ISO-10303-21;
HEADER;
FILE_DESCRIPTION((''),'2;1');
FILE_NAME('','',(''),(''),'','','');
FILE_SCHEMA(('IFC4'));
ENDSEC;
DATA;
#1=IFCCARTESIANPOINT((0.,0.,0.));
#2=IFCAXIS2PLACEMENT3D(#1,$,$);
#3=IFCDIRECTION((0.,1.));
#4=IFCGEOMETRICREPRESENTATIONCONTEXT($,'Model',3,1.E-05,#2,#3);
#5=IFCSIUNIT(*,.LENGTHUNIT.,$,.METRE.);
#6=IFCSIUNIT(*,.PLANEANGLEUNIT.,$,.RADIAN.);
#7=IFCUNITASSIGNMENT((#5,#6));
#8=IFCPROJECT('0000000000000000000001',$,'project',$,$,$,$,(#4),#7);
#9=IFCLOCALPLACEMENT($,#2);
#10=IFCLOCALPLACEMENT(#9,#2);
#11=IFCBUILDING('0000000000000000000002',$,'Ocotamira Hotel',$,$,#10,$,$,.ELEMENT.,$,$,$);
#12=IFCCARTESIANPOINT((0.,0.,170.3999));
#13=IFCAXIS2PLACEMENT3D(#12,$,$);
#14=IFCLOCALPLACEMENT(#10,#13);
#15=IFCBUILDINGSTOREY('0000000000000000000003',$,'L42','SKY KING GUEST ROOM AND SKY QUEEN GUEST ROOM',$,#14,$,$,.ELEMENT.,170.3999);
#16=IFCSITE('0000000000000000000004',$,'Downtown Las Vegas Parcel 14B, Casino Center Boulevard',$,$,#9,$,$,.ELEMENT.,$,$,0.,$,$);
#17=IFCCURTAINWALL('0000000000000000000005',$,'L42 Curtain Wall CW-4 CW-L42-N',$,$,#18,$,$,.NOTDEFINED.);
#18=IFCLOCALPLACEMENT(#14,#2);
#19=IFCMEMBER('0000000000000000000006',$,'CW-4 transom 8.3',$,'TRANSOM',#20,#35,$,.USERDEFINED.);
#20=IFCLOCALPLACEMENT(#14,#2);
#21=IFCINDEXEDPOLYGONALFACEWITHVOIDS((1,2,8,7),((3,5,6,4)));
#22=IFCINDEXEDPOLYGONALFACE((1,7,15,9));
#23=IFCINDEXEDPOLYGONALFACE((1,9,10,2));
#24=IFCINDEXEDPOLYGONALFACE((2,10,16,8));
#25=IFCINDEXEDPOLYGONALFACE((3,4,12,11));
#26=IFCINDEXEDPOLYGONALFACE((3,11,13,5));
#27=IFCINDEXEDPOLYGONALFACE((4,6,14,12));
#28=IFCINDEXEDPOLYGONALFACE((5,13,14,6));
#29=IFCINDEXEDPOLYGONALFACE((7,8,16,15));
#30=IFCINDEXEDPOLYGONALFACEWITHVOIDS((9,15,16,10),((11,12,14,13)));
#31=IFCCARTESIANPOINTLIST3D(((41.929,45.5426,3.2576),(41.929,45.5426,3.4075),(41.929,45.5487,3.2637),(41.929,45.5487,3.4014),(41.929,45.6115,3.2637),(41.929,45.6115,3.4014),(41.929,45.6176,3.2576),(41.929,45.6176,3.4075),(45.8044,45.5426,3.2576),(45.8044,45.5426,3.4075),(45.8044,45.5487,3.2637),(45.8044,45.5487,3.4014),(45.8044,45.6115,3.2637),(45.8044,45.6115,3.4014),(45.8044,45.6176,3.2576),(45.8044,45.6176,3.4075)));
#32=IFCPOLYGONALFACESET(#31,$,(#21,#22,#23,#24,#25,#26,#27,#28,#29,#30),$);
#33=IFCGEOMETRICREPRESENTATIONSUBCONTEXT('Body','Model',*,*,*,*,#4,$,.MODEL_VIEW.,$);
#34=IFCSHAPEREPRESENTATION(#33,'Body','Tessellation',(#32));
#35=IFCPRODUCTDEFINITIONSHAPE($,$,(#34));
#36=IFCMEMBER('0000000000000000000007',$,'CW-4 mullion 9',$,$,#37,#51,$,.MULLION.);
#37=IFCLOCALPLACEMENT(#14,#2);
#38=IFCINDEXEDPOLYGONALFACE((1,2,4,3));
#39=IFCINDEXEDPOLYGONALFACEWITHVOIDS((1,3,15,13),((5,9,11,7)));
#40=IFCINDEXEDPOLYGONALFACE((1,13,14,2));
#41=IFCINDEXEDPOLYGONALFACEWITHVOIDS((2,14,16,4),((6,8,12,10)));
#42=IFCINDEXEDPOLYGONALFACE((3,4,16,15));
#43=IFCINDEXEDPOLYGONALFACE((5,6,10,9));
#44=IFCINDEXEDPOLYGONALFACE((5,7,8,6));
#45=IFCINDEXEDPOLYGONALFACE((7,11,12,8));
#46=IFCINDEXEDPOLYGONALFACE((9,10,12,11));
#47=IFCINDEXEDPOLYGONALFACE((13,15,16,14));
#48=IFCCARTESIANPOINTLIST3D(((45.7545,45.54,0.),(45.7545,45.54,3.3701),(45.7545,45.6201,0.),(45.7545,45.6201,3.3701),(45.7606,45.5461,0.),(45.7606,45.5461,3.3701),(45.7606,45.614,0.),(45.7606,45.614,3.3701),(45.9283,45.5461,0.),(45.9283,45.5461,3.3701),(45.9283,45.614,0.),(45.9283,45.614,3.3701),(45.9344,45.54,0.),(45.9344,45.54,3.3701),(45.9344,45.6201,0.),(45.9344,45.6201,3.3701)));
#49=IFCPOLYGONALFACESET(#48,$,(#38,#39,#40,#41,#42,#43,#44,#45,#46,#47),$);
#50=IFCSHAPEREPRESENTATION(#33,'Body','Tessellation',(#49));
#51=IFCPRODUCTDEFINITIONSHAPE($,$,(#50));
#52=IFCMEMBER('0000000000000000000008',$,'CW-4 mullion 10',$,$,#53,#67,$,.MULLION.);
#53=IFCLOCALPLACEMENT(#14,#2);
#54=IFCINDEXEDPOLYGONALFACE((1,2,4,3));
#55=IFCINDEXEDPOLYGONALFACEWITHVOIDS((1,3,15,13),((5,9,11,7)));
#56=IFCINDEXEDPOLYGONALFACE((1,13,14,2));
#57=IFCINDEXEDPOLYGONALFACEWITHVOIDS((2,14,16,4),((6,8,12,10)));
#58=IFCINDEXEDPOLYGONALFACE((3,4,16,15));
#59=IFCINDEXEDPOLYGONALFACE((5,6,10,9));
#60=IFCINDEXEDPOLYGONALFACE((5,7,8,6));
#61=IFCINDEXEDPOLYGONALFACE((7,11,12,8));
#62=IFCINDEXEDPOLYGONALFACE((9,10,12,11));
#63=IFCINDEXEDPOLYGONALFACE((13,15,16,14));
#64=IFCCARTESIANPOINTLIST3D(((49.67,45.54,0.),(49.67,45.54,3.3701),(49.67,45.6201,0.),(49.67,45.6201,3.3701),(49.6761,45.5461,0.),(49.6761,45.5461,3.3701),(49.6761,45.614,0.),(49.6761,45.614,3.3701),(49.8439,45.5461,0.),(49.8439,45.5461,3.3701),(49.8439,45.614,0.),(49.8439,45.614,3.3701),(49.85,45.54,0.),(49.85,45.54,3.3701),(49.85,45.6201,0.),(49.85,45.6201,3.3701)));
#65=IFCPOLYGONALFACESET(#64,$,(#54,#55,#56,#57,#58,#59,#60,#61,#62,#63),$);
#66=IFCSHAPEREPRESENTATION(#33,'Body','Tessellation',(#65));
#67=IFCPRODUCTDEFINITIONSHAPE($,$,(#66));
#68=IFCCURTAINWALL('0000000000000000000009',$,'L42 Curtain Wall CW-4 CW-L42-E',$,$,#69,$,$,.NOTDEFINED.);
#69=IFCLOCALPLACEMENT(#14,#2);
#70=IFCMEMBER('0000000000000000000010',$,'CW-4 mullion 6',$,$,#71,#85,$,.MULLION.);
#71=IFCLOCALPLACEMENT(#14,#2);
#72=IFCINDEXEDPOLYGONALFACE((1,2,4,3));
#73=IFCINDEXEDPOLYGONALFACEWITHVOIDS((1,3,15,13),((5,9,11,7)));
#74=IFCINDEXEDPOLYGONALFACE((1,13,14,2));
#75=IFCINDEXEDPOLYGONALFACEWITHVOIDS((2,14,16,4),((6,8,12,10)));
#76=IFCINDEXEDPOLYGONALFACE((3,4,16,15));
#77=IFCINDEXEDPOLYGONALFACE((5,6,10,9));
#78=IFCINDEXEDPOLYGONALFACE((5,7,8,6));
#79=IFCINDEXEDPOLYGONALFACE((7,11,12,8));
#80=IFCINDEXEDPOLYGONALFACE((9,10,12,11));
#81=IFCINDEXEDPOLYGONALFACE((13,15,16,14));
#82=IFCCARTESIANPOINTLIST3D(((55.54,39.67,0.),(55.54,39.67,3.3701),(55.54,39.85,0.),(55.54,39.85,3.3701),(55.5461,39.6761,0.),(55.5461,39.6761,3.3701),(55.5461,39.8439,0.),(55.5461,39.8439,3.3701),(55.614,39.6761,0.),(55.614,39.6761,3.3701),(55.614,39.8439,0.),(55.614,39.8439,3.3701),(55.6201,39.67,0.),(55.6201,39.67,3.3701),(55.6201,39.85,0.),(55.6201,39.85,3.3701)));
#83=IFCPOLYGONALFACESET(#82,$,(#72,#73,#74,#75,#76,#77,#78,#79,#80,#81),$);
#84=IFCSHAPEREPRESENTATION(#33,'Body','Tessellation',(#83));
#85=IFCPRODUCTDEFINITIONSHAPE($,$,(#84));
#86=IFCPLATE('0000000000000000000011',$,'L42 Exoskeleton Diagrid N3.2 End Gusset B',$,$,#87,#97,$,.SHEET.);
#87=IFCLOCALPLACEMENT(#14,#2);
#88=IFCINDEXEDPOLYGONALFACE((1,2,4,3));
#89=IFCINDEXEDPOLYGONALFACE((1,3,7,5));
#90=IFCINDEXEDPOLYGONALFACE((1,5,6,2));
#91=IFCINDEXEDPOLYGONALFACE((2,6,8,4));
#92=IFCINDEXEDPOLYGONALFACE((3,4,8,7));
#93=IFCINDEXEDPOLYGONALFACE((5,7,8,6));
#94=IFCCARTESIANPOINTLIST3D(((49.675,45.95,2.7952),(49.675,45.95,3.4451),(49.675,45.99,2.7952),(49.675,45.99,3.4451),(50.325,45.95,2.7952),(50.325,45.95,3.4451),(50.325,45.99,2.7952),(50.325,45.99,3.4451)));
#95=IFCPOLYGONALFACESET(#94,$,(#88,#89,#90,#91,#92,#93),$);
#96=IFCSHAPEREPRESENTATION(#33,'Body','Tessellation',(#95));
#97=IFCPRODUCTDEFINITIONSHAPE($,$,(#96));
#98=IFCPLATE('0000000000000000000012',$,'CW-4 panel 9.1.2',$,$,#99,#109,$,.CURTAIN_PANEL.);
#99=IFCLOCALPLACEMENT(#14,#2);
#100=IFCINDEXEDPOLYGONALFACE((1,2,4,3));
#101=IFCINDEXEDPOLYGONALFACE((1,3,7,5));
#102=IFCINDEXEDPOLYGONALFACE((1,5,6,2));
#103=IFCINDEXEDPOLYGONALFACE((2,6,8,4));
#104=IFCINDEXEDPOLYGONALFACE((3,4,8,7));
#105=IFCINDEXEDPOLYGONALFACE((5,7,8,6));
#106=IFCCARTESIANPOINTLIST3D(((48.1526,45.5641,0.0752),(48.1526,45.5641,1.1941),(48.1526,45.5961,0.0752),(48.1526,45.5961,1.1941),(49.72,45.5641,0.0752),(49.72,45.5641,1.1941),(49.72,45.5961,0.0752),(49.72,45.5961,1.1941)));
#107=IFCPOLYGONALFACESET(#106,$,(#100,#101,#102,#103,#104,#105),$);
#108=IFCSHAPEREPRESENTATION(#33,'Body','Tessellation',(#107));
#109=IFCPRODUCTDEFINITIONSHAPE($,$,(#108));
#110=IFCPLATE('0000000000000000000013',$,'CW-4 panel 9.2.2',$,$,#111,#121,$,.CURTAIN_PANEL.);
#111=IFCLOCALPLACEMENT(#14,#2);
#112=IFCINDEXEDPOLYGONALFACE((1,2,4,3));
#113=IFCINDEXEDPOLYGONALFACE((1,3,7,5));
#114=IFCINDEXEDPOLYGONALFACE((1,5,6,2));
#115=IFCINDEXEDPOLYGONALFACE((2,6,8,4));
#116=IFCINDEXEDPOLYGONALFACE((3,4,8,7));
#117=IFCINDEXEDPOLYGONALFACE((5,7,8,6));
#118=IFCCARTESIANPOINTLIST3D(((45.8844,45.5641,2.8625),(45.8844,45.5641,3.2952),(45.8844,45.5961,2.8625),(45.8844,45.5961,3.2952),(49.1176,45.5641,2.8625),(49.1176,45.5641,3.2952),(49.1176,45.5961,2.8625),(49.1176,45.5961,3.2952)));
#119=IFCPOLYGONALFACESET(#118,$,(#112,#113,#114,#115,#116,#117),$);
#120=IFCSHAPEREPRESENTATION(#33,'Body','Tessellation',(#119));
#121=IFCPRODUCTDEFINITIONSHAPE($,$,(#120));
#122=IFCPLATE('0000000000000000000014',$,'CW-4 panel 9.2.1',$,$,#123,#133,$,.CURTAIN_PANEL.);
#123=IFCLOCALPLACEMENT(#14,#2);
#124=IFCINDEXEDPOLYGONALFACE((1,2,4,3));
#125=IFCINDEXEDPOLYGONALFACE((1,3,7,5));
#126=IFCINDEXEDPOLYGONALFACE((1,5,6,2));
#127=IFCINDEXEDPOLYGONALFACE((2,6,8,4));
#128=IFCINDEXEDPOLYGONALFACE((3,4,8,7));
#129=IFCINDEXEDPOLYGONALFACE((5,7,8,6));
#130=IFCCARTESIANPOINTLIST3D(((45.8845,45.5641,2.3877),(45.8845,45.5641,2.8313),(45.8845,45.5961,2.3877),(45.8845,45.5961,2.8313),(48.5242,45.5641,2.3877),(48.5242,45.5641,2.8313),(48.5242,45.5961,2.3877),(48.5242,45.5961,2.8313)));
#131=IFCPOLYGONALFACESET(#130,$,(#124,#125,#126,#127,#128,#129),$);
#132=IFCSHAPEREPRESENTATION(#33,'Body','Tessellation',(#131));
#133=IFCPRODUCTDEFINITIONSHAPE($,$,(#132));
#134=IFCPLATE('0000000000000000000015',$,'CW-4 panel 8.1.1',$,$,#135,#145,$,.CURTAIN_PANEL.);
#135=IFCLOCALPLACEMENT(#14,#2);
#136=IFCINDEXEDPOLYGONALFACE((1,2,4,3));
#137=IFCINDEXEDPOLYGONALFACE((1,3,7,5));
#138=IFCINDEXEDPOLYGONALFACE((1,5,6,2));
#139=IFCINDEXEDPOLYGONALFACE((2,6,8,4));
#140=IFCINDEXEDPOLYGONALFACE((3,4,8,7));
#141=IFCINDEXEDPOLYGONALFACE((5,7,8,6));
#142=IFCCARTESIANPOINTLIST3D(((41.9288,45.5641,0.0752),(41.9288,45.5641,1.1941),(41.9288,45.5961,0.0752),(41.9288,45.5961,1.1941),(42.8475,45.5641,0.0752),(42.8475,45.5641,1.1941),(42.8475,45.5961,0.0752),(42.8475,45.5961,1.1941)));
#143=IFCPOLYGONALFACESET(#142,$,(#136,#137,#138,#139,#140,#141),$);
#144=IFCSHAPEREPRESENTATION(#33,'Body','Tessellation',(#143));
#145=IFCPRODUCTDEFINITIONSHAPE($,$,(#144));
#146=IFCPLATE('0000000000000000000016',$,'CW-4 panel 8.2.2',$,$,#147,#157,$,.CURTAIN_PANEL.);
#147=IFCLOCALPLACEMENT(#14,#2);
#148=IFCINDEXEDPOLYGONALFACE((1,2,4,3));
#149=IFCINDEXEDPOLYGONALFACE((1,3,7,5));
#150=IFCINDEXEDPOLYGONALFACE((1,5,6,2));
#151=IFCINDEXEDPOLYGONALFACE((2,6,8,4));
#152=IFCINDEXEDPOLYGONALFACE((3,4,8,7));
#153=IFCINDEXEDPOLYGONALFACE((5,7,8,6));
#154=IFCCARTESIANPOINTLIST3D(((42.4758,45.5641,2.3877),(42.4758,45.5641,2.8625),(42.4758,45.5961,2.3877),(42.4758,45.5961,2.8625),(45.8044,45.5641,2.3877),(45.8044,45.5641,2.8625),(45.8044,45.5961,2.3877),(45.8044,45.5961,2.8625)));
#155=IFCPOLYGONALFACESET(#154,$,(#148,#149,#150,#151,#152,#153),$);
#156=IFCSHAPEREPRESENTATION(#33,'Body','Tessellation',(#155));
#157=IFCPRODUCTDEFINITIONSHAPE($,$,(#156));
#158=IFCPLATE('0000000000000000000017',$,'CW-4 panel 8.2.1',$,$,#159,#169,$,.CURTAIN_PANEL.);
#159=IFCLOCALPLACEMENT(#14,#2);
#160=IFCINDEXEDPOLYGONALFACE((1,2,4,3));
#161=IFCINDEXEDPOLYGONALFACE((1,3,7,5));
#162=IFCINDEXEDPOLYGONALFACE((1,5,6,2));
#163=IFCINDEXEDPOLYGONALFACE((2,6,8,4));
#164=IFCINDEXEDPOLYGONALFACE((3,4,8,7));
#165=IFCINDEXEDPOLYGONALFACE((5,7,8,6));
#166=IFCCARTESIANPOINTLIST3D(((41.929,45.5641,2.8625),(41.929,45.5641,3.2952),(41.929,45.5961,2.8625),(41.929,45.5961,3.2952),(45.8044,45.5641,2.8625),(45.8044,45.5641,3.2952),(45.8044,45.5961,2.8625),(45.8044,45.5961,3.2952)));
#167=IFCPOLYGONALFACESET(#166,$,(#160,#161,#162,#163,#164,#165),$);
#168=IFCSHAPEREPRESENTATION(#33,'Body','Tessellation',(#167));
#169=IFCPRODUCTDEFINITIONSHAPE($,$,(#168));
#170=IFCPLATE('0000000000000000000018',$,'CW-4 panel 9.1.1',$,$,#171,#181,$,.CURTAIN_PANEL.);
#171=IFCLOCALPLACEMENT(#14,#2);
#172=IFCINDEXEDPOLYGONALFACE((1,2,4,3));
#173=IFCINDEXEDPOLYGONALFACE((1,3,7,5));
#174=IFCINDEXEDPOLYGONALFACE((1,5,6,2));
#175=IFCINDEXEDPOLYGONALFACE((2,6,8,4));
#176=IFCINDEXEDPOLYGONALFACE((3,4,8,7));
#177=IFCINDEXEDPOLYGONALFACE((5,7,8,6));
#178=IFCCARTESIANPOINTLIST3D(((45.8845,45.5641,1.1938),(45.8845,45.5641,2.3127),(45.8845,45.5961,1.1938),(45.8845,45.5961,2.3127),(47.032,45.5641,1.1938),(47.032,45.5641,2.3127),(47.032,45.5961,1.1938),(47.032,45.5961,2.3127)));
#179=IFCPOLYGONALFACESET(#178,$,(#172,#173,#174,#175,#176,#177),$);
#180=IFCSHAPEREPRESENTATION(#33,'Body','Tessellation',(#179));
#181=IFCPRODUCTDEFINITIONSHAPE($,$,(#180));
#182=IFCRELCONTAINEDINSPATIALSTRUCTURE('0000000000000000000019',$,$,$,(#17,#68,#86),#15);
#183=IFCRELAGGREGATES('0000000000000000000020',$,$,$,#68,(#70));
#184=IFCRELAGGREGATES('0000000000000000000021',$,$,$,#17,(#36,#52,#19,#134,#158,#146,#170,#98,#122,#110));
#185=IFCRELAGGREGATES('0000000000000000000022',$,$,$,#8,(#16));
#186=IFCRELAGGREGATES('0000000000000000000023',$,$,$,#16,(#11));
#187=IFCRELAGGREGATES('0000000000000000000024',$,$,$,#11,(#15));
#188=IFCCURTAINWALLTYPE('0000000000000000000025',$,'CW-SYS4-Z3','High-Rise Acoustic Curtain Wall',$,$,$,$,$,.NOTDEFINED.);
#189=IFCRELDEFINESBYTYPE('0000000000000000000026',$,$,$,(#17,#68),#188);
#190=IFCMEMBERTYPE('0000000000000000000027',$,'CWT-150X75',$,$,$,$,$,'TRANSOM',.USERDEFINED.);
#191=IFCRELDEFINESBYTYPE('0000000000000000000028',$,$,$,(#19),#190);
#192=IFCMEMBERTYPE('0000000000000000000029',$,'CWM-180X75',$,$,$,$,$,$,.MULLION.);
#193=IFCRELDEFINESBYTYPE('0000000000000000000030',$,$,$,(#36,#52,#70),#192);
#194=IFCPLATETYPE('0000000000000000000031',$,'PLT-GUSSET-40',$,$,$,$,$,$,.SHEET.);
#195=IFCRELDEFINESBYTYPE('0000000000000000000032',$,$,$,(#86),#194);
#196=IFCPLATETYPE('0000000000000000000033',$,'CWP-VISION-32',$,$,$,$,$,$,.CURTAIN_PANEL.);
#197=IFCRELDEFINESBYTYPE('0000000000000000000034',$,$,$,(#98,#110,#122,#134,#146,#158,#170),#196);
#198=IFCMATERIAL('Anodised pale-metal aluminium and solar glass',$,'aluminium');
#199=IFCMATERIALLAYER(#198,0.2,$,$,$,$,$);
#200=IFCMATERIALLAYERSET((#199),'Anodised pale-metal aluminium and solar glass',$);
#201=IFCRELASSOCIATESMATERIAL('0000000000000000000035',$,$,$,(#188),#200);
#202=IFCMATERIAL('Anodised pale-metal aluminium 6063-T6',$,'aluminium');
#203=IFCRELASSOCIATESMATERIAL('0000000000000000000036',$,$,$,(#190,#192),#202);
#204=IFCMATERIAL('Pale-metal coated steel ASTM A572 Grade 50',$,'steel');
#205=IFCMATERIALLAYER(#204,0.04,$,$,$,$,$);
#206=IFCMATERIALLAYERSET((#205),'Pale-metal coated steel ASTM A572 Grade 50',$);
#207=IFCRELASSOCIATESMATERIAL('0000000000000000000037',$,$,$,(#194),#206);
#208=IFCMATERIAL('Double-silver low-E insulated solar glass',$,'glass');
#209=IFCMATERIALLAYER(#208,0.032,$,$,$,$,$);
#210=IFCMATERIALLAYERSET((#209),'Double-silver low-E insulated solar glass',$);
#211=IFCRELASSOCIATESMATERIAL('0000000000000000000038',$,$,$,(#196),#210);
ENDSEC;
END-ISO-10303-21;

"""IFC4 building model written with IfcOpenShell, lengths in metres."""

from ifc_helpers import new_model, si_unit, direction, frame, origin, origin_2d, place, context, subcontext, project, spatial, rectangle, hollow_rectangle, extrude, source, transform, mapped, material, layer, layer_set, material_profile, profile_set, type_object, element, aggregate, save


model = new_model("IFC4")

# Units and contexts
model_context = context("Model", 3, precision=1e-05, world=origin(), true_north=direction((0.0, 1.0)))
body_context = subcontext(model_context, "Body", "Model", "MODEL_VIEW")
ifc_project = project(units=[si_unit("LENGTHUNIT", "METRE"), si_unit("PLANEANGLEUNIT", "RADIAN")], contexts=[model_context])

# Site, building, storey
site_placement = place(None, origin())
site = spatial("IfcSite", under=ifc_project, at=site_placement, Name="Downtown Las Vegas Parcel 14B, Casino Center Boulevard", CompositionType="ELEMENT", RefElevation=0.0)
building_placement = place(site_placement, origin())
building = spatial("IfcBuilding", under=site, at=building_placement, Name="Ocotamira Hotel", CompositionType="ELEMENT")
storey_placement = place(building_placement, frame((0.0, 0.0, 170.3999)))
storey = spatial("IfcBuildingStorey", under=building, at=storey_placement, Name="L42", Description="SKY KING GUEST ROOM AND SKY QUEEN GUEST ROOM", CompositionType="ELEMENT", Elevation=170.3999)

# Curtain wall, members
ifc_material_1 = material(Name="Anodised pale-metal aluminium and solar glass", Category="aluminium")
ifc_layer_1 = layer(ifc_material_1, 0.2)
ifc_layer_set_1 = layer_set([ifc_layer_1], Name="Anodised pale-metal aluminium and solar glass")
curtain_wall_type = type_object("IfcCurtainWallType", Name="CW-SYS4-Z3", Description="High-Rise Acoustic Curtain Wall", PredefinedType="NOTDEFINED", material=ifc_layer_set_1)
curtain_wall_1_placement = place(storey_placement, origin())
curtain_wall_1 = element("IfcCurtainWall", 1, at=curtain_wall_1_placement, inside=storey, type_object=curtain_wall_type, Name="L42 Curtain Wall CW-4 CW-L42-N", PredefinedType="NOTDEFINED")
ifc_material_2 = material(Name="Anodised pale-metal aluminium 6063-T6", Category="aluminium")
ifc_material_profile_1 = material_profile(ifc_material_2, hollow_rectangle(XDim=0.075, YDim=0.1499, WallThickness=0.0061, at=origin_2d()), Name="HSS150X75X6")
ifc_profile_set_1 = profile_set([ifc_material_profile_1], Name="Anodised pale-metal aluminium 6063-T6")
member_type_1 = type_object("IfcMemberType", Name="CWT-150X75", ElementType="TRANSOM", PredefinedType="USERDEFINED", material=ifc_profile_set_1)
shared_shape_1 = source(origin(), body_context, "Body", "SweptSolid", [
    extrude(hollow_rectangle(XDim=0.075, YDim=0.1499, WallThickness=0.0061, at=origin_2d()), origin(), (0.0, 0.0, 1.0), 3.8755),
])
member_1_placement = place(storey_placement, frame((41.929, 45.5801, 3.3325), z_axis=(1.0, 0.0, 0.0), x_axis=(0.0, 1.0, 0.0)))
member_1 = element("IfcMember", 2, at=member_1_placement, type_object=member_type_1, Name="CW-4 transom 8.3", ObjectType="TRANSOM", PredefinedType="USERDEFINED", context=body_context, shape_type="MappedRepresentation", body=[
    mapped(shared_shape_1, transform((0.0, 0.0, 0.0), scale=1.0)),
])
ifc_material_profile_2 = material_profile(ifc_material_2, hollow_rectangle(XDim=0.0801, YDim=0.1799, WallThickness=0.0061, at=origin_2d()), Name="HSS180X80X6")
ifc_profile_set_2 = profile_set([ifc_material_profile_2], Name="Anodised pale-metal aluminium 6063-T6")
member_type_2 = type_object("IfcMemberType", Name="CWM-180X75", PredefinedType="MULLION", material=ifc_profile_set_2)
shared_shape_2 = source(origin(), body_context, "Body", "SweptSolid", [
    extrude(hollow_rectangle(XDim=0.0801, YDim=0.1799, WallThickness=0.0061, at=origin_2d()), origin(), (0.0, 0.0, 1.0), 3.3701),
])
member_2_placement = place(storey_placement, frame((45.8445, 45.5801, 0.0), z_axis=(0.0, 0.0, 1.0), x_axis=(0.0, 1.0, 0.0)))
member_2 = element("IfcMember", 3, at=member_2_placement, type_object=member_type_2, Name="CW-4 mullion 9", PredefinedType="MULLION", context=body_context, shape_type="MappedRepresentation", body=[
    mapped(shared_shape_2, transform((0.0, 0.0, 0.0), scale=1.0)),
])
member_3_placement = place(storey_placement, frame((49.76, 45.5801, 0.0), z_axis=(0.0, 0.0, 1.0), x_axis=(0.0, 1.0, 0.0)))
member_3 = element("IfcMember", 4, at=member_3_placement, type_object=member_type_2, Name="CW-4 mullion 10", PredefinedType="MULLION", context=body_context, shape_type="MappedRepresentation", body=[
    mapped(shared_shape_2, transform((0.0, 0.0, 0.0), scale=1.0)),
])

# Curtain wall, member
curtain_wall_2_placement = place(storey_placement, origin())
curtain_wall_2 = element("IfcCurtainWall", 5, at=curtain_wall_2_placement, inside=storey, type_object=curtain_wall_type, Name="L42 Curtain Wall CW-4 CW-L42-E", PredefinedType="NOTDEFINED")
member_4_placement = place(storey_placement, frame((55.5801, 39.76, 0.0), z_axis=(0.0, 0.0, 1.0), x_axis=(-1.0, 0.0, 0.0)))
member_4 = element("IfcMember", 6, at=member_4_placement, type_object=member_type_2, Name="CW-4 mullion 6", PredefinedType="MULLION", context=body_context, shape_type="MappedRepresentation", body=[
    mapped(shared_shape_2, transform((0.0, 0.0, 0.0), scale=1.0)),
])
aggregate(curtain_wall_2, [member_4])

# Plates
ifc_material_3 = material(Name="Pale-metal coated steel ASTM A572 Grade 50", Category="steel")
ifc_layer_2 = layer(ifc_material_3, 0.04)
ifc_layer_set_2 = layer_set([ifc_layer_2], Name="Pale-metal coated steel ASTM A572 Grade 50")
plate_type_1 = type_object("IfcPlateType", Name="PLT-GUSSET-40", PredefinedType="SHEET", material=ifc_layer_set_2)
shared_shape_3 = source(origin(), body_context, "Body", "SweptSolid", [
    extrude(rectangle(XDim=0.6499, YDim=0.04, at=origin_2d()), origin(), (0.0, 0.0, 1.0), 0.6499),
])
plate_1_placement = place(storey_placement, frame((50.0, 45.97, 2.7952), z_axis=(0.0, 0.0, 1.0), x_axis=(1.0, 0.0, 0.0)))
element("IfcPlate", 7, at=plate_1_placement, inside=storey, type_object=plate_type_1, Name="L42 Exoskeleton Diagrid N3.2 End Gusset B", PredefinedType="SHEET", context=body_context, shape_type="MappedRepresentation", body=[
    mapped(shared_shape_3, transform((0.0, 0.0, 0.0), scale=1.0)),
])
ifc_material_4 = material(Name="Double-silver low-E insulated solar glass", Category="glass")
ifc_layer_3 = layer(ifc_material_4, 0.032)
ifc_layer_set_3 = layer_set([ifc_layer_3], Name="Double-silver low-E insulated solar glass")
plate_type_2 = type_object("IfcPlateType", Name="CWP-VISION-32", PredefinedType="CURTAIN_PANEL", material=ifc_layer_set_3)
shared_shape_4 = source(origin(), body_context, "Body", "SweptSolid", [
    extrude(rectangle(XDim=1.5674, YDim=0.032, at=origin_2d()), origin(), (0.0, 0.0, 1.0), 1.1189),
])
plate_2_placement = place(storey_placement, frame((48.9363, 45.5801, 0.0752), z_axis=(0.0, 0.0, 1.0), x_axis=(1.0, 0.0, 0.0)))
plate_2 = element("IfcPlate", 8, at=plate_2_placement, type_object=plate_type_2, Name="CW-4 panel 9.1.2", PredefinedType="CURTAIN_PANEL", context=body_context, shape_type="MappedRepresentation", body=[
    mapped(shared_shape_4, transform((0.0, 0.0, 0.0), scale=1.0)),
])
shared_shape_5 = source(origin(), body_context, "Body", "SweptSolid", [
    extrude(rectangle(XDim=3.2332, YDim=0.032, at=origin_2d()), origin(), (0.0, 0.0, 1.0), 0.4326),
])
plate_3_placement = place(storey_placement, frame((47.501, 45.5801, 2.8625), z_axis=(0.0, 0.0, 1.0), x_axis=(1.0, 0.0, 0.0)))
plate_3 = element("IfcPlate", 9, at=plate_3_placement, type_object=plate_type_2, Name="CW-4 panel 9.2.2", PredefinedType="CURTAIN_PANEL", context=body_context, shape_type="MappedRepresentation", body=[
    mapped(shared_shape_5, transform((0.0, 0.0, 0.0), scale=1.0)),
])
shared_shape_6 = source(origin(), body_context, "Body", "SweptSolid", [
    extrude(rectangle(XDim=2.6396, YDim=0.032, at=origin_2d()), origin(), (0.0, 0.0, 1.0), 0.4436),
])
plate_4_placement = place(storey_placement, frame((47.2043, 45.5801, 2.3877), z_axis=(0.0, 0.0, 1.0), x_axis=(1.0, 0.0, 0.0)))
plate_4 = element("IfcPlate", 10, at=plate_4_placement, type_object=plate_type_2, Name="CW-4 panel 9.2.1", PredefinedType="CURTAIN_PANEL", context=body_context, shape_type="MappedRepresentation", body=[
    mapped(shared_shape_6, transform((0.0, 0.0, 0.0), scale=1.0)),
])
shared_shape_7 = source(origin(), body_context, "Body", "SweptSolid", [
    extrude(rectangle(XDim=0.9187, YDim=0.032, at=origin_2d()), origin(), (0.0, 0.0, 1.0), 1.1189),
])
plate_5_placement = place(storey_placement, frame((42.3882, 45.5801, 0.0752), z_axis=(0.0, 0.0, 1.0), x_axis=(1.0, 0.0, 0.0)))
plate_5 = element("IfcPlate", 11, at=plate_5_placement, type_object=plate_type_2, Name="CW-4 panel 8.1.1", PredefinedType="CURTAIN_PANEL", context=body_context, shape_type="MappedRepresentation", body=[
    mapped(shared_shape_7, transform((0.0, 0.0, 0.0), scale=1.0)),
])
shared_shape_8 = source(origin(), body_context, "Body", "SweptSolid", [
    extrude(rectangle(XDim=3.3286, YDim=0.032, at=origin_2d()), origin(), (0.0, 0.0, 1.0), 0.4749),
])
plate_6_placement = place(storey_placement, frame((44.1401, 45.5801, 2.3877), z_axis=(0.0, 0.0, 1.0), x_axis=(1.0, 0.0, 0.0)))
plate_6 = element("IfcPlate", 12, at=plate_6_placement, type_object=plate_type_2, Name="CW-4 panel 8.2.2", PredefinedType="CURTAIN_PANEL", context=body_context, shape_type="MappedRepresentation", body=[
    mapped(shared_shape_8, transform((0.0, 0.0, 0.0), scale=1.0)),
])
shared_shape_9 = source(origin(), body_context, "Body", "SweptSolid", [
    extrude(rectangle(XDim=3.8755, YDim=0.032, at=origin_2d()), origin(), (0.0, 0.0, 1.0), 0.4326),
])
plate_7_placement = place(storey_placement, frame((43.8667, 45.5801, 2.8625), z_axis=(0.0, 0.0, 1.0), x_axis=(1.0, 0.0, 0.0)))
plate_7 = element("IfcPlate", 13, at=plate_7_placement, type_object=plate_type_2, Name="CW-4 panel 8.2.1", PredefinedType="CURTAIN_PANEL", context=body_context, shape_type="MappedRepresentation", body=[
    mapped(shared_shape_9, transform((0.0, 0.0, 0.0), scale=1.0)),
])
shared_shape_10 = source(origin(), body_context, "Body", "SweptSolid", [
    extrude(rectangle(XDim=1.1475, YDim=0.032, at=origin_2d()), origin(), (0.0, 0.0, 1.0), 1.1189),
])
plate_8_placement = place(storey_placement, frame((46.4583, 45.5801, 1.1938), z_axis=(0.0, 0.0, 1.0), x_axis=(1.0, 0.0, 0.0)))
plate_8 = element("IfcPlate", 14, at=plate_8_placement, type_object=plate_type_2, Name="CW-4 panel 9.1.1", PredefinedType="CURTAIN_PANEL", context=body_context, shape_type="MappedRepresentation", body=[
    mapped(shared_shape_10, transform((0.0, 0.0, 0.0), scale=1.0)),
])
aggregate(curtain_wall_1, [member_2, member_3, member_1, plate_5, plate_7, plate_6, plate_8, plate_2, plate_4, plate_3])

save(model, "model.ifc")
